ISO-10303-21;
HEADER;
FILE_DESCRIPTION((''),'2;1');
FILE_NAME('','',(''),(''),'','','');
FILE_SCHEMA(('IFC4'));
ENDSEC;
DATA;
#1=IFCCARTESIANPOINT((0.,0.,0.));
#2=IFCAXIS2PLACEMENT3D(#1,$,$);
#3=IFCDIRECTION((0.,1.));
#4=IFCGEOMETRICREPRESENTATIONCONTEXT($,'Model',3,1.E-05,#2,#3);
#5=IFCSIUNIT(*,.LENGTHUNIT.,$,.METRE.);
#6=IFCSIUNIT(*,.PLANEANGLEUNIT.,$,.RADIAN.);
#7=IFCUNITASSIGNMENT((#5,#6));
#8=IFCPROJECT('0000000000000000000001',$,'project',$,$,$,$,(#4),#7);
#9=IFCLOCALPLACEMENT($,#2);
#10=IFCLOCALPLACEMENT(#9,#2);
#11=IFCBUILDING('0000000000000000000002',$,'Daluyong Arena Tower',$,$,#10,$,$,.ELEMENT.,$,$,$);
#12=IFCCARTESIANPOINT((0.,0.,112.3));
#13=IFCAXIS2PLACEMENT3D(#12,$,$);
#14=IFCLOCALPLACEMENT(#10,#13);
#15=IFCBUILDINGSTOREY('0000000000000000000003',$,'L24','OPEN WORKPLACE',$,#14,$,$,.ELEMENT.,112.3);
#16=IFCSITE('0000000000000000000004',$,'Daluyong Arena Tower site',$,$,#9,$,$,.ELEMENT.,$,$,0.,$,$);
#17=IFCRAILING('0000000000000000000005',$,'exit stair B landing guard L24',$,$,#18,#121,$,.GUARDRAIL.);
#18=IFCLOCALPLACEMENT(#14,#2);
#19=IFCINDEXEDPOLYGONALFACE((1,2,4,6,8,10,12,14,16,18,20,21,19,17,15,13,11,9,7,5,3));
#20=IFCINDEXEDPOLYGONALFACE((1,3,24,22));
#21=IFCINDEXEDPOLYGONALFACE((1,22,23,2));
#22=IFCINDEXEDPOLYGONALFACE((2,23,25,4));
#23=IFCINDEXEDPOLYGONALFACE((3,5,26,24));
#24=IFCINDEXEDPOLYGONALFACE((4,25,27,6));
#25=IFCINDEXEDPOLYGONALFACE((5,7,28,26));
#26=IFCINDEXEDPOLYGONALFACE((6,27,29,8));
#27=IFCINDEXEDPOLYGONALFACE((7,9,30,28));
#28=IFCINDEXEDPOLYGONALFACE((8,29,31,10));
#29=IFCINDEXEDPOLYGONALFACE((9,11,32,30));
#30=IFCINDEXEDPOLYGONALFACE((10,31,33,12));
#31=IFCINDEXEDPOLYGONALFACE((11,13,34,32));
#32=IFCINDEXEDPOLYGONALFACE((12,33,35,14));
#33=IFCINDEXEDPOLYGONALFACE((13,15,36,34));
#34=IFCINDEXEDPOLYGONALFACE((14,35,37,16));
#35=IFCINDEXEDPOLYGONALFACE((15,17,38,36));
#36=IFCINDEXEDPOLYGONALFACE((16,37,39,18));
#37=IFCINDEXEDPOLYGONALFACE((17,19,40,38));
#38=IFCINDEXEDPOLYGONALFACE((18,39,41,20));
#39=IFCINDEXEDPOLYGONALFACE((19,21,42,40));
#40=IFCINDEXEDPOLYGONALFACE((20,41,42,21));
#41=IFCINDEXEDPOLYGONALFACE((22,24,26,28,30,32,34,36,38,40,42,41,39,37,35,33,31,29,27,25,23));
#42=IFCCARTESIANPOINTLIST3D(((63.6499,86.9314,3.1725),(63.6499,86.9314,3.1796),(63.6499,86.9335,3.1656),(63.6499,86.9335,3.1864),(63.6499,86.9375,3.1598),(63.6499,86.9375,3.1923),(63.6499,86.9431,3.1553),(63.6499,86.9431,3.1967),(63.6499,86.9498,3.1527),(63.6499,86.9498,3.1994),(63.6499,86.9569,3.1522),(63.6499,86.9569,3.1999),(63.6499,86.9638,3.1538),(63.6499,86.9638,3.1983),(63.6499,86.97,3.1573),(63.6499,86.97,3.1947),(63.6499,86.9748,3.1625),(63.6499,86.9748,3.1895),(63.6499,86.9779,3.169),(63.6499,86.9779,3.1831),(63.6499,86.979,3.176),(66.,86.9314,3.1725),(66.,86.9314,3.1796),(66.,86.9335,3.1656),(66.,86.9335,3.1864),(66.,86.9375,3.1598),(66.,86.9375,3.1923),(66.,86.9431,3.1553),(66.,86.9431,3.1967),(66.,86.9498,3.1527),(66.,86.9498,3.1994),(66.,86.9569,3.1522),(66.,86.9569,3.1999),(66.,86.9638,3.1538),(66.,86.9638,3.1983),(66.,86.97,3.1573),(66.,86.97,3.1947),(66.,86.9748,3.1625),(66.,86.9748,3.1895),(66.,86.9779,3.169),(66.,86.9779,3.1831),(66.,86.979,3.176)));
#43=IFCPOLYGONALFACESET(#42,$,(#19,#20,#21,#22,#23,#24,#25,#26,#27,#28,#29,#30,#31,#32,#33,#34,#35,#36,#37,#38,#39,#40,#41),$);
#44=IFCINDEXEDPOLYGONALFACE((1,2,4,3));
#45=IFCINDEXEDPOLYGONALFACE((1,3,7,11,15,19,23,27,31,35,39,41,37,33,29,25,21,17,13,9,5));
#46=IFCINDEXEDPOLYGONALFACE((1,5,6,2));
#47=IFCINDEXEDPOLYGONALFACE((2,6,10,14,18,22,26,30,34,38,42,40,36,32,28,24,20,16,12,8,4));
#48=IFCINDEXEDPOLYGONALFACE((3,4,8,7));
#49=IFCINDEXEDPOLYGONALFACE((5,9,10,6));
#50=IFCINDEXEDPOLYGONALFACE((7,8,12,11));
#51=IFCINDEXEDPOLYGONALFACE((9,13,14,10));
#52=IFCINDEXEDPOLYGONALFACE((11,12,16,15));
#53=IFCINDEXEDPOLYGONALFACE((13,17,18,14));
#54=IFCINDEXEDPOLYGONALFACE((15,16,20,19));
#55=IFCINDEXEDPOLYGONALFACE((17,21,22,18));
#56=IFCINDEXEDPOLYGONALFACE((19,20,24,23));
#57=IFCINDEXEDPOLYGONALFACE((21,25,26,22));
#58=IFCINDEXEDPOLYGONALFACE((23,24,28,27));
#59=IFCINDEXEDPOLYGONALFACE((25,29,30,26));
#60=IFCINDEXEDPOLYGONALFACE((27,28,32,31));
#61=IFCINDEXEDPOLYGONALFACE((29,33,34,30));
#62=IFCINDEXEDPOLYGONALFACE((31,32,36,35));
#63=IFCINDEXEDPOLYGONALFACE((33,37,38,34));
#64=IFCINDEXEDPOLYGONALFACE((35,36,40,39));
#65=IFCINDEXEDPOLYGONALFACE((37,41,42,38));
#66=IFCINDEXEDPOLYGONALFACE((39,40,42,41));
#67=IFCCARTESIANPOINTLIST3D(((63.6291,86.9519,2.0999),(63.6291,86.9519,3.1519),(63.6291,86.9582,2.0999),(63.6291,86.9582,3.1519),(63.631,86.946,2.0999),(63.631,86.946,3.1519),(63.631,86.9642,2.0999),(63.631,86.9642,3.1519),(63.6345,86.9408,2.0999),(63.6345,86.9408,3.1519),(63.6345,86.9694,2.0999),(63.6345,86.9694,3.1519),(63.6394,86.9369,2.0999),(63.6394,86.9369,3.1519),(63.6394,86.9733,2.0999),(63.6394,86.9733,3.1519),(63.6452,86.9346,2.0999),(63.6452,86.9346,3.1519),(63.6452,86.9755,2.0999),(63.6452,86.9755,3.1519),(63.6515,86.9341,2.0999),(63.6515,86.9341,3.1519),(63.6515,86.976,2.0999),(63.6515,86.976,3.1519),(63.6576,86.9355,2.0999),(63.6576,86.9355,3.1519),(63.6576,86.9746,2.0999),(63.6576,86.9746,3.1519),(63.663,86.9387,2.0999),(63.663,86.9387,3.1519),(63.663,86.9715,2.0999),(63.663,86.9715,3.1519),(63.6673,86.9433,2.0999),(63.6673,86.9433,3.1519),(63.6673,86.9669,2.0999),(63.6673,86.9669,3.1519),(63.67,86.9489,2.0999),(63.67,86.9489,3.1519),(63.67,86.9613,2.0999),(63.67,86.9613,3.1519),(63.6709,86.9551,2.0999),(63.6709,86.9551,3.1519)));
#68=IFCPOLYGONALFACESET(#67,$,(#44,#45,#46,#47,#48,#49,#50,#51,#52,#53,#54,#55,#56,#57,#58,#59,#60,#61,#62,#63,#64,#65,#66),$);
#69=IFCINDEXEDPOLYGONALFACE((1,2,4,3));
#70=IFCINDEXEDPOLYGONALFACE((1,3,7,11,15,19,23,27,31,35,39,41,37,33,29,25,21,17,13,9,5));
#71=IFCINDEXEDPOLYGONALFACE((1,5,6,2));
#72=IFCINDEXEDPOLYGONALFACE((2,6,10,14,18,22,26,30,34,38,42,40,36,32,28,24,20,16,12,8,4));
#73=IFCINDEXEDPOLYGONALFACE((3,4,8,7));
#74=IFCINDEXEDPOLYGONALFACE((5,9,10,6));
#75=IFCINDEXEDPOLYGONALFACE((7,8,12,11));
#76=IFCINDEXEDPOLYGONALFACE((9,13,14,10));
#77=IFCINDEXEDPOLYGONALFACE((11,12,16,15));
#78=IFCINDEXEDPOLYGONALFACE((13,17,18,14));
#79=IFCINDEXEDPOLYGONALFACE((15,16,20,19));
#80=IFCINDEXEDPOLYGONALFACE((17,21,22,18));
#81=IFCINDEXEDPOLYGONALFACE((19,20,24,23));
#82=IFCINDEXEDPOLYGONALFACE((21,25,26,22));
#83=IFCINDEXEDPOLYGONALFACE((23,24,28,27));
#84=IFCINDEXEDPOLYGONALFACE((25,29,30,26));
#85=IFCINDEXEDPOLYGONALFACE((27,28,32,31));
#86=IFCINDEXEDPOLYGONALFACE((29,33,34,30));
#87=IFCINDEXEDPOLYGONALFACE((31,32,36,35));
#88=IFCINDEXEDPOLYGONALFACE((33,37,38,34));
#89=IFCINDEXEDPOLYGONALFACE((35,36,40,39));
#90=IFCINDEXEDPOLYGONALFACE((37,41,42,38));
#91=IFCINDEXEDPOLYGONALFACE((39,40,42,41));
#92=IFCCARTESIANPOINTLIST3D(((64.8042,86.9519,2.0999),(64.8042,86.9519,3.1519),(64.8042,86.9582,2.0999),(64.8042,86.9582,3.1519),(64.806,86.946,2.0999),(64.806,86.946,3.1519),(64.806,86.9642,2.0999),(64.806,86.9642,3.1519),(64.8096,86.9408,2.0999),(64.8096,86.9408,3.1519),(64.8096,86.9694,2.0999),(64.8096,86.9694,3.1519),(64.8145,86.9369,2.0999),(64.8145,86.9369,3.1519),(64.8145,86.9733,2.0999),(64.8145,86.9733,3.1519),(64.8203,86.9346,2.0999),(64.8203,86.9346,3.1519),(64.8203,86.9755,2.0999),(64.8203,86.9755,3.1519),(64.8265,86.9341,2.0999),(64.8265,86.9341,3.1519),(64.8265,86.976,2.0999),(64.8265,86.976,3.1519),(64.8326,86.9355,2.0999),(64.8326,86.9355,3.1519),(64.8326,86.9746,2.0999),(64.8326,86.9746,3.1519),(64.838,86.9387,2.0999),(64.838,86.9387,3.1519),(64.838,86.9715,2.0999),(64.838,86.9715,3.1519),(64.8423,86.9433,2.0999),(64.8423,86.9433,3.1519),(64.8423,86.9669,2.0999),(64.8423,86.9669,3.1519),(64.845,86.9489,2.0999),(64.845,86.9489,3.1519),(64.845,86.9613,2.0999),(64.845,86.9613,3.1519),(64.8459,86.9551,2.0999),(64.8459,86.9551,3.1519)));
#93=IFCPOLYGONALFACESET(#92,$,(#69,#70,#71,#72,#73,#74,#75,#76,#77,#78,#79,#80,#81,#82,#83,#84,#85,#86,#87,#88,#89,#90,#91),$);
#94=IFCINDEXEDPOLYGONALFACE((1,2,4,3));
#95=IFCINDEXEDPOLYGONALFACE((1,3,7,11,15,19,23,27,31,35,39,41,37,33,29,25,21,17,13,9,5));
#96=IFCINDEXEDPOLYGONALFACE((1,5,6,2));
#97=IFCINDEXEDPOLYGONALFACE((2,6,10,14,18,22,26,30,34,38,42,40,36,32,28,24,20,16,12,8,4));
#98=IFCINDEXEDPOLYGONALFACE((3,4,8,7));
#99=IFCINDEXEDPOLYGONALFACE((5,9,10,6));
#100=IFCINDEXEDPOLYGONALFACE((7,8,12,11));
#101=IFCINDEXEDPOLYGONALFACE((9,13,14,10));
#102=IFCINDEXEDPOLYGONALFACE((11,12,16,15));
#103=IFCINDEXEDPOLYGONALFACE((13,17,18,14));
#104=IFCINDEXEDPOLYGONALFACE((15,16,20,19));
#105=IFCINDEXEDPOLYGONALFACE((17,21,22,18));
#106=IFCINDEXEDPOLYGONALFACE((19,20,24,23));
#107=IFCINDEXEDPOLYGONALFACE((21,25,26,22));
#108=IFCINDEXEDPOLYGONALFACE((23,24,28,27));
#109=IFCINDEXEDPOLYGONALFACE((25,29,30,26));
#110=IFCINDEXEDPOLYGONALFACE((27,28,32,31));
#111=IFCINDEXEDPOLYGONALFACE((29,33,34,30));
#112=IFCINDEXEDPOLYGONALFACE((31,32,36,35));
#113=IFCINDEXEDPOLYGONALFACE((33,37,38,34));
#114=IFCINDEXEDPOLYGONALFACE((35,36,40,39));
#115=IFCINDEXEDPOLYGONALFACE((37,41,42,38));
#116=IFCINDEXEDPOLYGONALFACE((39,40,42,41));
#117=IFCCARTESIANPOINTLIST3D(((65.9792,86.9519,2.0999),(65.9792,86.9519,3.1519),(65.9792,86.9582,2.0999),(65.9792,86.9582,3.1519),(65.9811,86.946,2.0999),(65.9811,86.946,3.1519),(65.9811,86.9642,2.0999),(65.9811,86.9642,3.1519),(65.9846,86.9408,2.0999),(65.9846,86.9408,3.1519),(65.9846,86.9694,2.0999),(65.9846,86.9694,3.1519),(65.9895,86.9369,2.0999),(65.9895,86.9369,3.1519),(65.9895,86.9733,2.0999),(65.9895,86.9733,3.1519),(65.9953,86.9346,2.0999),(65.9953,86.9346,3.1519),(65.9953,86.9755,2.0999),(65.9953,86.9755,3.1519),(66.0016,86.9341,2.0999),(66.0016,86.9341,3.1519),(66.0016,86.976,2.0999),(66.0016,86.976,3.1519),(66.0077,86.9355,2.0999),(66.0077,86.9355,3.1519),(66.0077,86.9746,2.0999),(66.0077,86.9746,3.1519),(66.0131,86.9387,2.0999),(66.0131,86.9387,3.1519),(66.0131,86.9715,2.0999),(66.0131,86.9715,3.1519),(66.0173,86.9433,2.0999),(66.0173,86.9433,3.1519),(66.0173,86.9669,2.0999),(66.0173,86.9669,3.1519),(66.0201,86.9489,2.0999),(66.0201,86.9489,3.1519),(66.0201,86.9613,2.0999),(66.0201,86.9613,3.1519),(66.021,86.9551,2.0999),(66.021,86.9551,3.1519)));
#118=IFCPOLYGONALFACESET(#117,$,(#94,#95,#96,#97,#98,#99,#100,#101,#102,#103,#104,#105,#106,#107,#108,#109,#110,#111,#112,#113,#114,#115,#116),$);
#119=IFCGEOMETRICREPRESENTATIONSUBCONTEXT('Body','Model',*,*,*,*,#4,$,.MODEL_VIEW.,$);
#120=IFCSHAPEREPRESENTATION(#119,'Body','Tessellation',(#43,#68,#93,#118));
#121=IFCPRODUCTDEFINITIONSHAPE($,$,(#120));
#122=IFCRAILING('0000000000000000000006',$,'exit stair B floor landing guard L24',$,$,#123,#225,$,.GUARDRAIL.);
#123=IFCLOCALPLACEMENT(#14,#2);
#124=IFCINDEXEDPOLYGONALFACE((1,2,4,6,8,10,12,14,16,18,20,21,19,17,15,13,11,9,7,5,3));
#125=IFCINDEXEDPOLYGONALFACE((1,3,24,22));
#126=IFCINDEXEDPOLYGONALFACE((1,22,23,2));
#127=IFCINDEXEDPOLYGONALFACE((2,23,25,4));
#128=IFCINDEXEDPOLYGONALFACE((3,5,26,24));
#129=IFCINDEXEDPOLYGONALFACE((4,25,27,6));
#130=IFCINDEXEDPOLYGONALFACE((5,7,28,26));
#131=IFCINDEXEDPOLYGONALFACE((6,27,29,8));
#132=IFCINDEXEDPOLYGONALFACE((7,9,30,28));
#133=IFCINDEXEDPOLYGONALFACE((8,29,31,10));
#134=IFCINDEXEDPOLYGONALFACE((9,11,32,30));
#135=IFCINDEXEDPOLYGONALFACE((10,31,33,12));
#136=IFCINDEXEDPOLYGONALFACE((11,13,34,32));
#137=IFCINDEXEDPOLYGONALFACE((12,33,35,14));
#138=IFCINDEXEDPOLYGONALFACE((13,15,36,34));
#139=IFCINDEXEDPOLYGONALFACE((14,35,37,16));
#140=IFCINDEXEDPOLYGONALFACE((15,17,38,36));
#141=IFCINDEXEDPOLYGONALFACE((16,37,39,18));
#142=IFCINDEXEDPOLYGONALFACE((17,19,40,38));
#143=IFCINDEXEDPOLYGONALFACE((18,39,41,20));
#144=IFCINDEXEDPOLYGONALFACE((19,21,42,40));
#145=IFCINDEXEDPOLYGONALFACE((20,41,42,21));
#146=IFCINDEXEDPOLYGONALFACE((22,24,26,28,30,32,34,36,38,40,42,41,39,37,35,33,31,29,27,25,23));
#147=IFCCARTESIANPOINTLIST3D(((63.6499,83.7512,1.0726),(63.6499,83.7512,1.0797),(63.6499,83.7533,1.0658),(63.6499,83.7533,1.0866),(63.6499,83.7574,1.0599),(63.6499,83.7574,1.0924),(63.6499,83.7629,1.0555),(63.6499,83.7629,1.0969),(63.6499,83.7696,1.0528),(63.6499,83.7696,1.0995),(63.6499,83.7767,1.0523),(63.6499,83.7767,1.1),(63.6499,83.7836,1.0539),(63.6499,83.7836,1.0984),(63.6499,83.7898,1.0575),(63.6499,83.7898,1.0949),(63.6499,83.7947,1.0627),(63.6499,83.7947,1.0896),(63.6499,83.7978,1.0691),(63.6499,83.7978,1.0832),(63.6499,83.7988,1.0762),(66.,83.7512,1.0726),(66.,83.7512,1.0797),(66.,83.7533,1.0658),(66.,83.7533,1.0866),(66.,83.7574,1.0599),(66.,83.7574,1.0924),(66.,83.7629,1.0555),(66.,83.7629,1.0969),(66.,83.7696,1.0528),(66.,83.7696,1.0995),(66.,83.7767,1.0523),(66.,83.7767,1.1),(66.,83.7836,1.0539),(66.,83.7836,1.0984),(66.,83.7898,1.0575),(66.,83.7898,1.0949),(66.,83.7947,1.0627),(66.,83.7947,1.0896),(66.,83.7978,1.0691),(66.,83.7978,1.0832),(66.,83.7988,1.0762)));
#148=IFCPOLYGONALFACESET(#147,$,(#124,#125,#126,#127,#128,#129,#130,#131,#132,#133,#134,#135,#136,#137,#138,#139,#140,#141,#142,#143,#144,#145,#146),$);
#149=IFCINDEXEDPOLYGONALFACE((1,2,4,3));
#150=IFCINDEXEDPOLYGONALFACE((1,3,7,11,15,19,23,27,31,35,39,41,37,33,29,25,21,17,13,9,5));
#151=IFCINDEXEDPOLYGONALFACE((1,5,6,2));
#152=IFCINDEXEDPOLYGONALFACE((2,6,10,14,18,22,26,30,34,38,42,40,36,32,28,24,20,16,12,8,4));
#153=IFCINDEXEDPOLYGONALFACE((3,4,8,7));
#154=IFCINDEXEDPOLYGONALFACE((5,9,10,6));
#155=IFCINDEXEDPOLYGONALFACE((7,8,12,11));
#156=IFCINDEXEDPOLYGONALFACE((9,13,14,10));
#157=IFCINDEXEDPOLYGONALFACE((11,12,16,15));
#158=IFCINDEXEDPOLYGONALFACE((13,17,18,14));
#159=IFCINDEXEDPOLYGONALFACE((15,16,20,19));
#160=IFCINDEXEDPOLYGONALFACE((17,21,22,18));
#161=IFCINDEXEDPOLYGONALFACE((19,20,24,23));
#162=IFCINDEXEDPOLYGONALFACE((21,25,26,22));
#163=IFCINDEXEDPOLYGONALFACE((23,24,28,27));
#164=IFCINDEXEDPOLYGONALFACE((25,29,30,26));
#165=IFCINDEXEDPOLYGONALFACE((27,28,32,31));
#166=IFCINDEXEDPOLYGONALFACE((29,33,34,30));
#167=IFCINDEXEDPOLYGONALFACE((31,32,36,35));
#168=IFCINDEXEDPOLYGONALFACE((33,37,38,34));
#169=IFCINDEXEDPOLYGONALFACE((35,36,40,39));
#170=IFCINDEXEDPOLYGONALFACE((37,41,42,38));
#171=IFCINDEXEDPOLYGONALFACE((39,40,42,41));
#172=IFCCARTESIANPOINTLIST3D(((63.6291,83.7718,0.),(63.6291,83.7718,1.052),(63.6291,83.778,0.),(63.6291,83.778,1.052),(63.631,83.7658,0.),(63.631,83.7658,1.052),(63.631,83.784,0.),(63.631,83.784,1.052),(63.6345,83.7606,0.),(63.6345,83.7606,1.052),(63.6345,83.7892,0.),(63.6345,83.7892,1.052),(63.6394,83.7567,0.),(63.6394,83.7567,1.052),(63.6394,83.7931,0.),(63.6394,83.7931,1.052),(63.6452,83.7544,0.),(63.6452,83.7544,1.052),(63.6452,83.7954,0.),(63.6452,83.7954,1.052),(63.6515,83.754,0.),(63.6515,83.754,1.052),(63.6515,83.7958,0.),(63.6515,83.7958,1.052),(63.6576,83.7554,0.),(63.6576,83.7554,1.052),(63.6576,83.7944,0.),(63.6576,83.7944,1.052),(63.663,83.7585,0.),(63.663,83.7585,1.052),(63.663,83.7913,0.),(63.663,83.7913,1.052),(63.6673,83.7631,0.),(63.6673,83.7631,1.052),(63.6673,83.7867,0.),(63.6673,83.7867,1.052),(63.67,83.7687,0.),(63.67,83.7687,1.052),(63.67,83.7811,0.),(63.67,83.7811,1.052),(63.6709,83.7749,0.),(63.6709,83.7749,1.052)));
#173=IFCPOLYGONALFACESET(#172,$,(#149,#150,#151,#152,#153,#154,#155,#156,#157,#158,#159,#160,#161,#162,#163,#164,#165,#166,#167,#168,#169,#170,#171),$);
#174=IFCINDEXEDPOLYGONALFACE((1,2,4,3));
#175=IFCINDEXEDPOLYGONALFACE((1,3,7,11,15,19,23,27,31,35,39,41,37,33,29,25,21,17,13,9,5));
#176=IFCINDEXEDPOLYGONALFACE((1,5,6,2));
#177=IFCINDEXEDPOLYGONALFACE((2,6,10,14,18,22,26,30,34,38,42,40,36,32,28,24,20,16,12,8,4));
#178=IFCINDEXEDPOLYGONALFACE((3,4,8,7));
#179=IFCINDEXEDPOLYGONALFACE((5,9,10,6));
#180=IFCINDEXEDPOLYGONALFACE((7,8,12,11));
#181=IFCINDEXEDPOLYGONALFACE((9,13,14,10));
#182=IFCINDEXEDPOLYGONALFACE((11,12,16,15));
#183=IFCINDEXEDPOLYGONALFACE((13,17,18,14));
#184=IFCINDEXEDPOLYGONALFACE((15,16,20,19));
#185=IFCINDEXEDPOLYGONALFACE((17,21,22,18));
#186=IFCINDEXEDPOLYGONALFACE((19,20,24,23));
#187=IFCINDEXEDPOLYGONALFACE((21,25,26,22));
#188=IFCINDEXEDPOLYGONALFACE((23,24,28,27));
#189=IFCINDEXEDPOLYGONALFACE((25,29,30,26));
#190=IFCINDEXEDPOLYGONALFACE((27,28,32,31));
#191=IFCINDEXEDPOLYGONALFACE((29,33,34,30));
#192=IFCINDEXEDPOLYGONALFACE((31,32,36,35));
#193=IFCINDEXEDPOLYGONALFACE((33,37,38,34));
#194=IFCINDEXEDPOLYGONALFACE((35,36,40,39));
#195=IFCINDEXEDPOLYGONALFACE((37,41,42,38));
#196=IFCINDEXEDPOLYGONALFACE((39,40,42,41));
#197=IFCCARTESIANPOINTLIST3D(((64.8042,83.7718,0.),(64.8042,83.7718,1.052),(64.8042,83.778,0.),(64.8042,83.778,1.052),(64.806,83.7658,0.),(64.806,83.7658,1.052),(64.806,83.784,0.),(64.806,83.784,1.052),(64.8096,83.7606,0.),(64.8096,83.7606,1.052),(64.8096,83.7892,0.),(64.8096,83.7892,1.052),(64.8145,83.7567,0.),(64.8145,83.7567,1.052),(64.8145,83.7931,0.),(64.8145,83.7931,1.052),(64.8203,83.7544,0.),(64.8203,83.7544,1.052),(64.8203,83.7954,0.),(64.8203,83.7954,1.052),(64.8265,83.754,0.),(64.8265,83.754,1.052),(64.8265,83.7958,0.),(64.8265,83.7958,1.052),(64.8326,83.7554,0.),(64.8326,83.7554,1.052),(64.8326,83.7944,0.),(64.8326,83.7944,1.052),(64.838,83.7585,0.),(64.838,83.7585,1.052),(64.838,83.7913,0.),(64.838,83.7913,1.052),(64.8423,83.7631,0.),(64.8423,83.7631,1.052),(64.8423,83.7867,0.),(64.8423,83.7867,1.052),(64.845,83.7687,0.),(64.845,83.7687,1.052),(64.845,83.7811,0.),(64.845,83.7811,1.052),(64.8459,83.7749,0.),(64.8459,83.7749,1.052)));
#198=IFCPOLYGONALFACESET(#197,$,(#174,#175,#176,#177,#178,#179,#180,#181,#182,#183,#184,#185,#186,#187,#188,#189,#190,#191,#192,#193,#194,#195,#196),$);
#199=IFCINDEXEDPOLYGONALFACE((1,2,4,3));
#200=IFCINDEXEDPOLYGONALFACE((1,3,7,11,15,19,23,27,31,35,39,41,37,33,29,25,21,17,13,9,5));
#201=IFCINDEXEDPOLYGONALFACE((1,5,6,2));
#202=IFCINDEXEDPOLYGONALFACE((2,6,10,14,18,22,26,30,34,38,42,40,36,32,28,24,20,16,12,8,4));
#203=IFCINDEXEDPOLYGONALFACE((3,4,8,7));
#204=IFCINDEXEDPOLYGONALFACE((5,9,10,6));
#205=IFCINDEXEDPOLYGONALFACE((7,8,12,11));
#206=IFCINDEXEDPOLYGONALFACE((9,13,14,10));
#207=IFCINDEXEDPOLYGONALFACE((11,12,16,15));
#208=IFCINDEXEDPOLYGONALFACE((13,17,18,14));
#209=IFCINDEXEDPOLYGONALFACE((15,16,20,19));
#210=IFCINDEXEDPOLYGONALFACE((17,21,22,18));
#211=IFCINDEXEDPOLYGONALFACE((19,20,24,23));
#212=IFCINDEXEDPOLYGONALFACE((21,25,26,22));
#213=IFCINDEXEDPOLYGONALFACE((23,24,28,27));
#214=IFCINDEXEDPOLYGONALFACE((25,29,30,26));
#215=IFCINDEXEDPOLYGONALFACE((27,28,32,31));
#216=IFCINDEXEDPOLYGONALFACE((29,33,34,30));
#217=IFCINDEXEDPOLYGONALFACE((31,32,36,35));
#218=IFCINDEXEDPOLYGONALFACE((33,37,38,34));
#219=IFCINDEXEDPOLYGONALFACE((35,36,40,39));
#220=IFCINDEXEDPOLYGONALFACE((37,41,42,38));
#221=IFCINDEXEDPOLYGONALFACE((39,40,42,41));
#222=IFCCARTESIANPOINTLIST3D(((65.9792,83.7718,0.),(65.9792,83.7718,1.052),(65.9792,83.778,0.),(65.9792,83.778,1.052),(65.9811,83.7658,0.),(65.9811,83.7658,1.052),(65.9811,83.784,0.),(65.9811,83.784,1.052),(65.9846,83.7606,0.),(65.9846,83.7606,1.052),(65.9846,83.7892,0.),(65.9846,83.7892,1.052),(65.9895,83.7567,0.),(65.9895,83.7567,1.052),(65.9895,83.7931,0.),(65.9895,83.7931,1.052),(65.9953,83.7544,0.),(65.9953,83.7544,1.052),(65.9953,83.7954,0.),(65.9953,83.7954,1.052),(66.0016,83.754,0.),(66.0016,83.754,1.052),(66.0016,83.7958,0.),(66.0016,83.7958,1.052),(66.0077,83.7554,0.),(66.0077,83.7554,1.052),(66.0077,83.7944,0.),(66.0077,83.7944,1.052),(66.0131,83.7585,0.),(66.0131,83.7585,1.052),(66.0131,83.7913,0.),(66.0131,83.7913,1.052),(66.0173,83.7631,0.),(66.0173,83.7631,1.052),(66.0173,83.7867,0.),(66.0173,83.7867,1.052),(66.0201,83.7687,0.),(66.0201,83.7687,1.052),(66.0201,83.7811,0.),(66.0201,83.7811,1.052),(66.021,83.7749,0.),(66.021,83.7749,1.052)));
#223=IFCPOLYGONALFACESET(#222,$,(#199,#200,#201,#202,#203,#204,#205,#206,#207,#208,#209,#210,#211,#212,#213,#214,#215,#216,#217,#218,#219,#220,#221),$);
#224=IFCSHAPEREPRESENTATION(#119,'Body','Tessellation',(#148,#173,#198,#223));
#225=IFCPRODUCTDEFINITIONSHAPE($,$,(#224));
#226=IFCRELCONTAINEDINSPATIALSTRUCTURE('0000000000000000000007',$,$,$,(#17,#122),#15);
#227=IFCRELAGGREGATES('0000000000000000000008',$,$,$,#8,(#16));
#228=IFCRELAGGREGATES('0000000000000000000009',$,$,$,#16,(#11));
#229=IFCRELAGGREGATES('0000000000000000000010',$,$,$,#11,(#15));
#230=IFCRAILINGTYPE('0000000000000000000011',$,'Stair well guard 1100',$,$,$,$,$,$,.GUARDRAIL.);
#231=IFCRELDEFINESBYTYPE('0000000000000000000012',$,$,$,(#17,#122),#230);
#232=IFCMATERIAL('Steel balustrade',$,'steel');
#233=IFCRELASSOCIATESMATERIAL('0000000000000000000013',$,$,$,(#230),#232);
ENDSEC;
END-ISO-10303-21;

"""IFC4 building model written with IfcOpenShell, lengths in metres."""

from ifc_helpers import new_model, si_unit, direction, frame, origin, origin_2d, place, context, subcontext, project, spatial, circle, extrude, material, type_object, element, save


model = new_model("IFC4")

# Units and contexts
model_context = context("Model", 3, precision=1e-05, world=origin(), true_north=direction((0.0, 1.0)))
body_context = subcontext(model_context, "Body", "Model", "MODEL_VIEW")
ifc_project = project(units=[si_unit("LENGTHUNIT", "METRE"), si_unit("PLANEANGLEUNIT", "RADIAN")], contexts=[model_context])

# Site, building, storey
site_placement = place(None, origin())
site = spatial("IfcSite", under=ifc_project, at=site_placement, Name="Daluyong Arena Tower site", CompositionType="ELEMENT", RefElevation=0.0)
building_placement = place(site_placement, origin())
building = spatial("IfcBuilding", under=site, at=building_placement, Name="Daluyong Arena Tower", CompositionType="ELEMENT")
storey_placement = place(building_placement, frame((0.0, 0.0, 112.3)))
storey = spatial("IfcBuildingStorey", under=building, at=storey_placement, Name="L24", Description="OPEN WORKPLACE", CompositionType="ELEMENT", Elevation=112.3)

# Railings
ifc_material_1 = material(Name="Steel balustrade", Category="steel")
railing_type_1 = type_object("IfcRailingType", Name="Stair well guard 1100", PredefinedType="GUARDRAIL", material=ifc_material_1)
for number, where, name in (
    (1, (63.6499, 86.9551, 2.0999), "exit stair B landing guard L24"),
    (2, (63.6499, 83.7749, 0.0), "exit stair B floor landing guard L24"),
):
    element("IfcRailing", number, at=place(storey_placement, frame(where)), inside=storey, type_object=railing_type_1, Name=name, PredefinedType="GUARDRAIL", context=body_context, shape_type="SweptSolid", body=[
        extrude(circle(Radius=0.0239, at=origin_2d()), frame((0.0, 0.0, 1.0762), z_axis=(1.0, 0.0, 0.0), x_axis=(0.0, 1.0, 0.0)), (0.0, 0.0, 1.0), 2.3501),
        extrude(circle(Radius=0.021, at=origin_2d()), origin(), (0.0, 0.0, 1.0), 1.052),
        extrude(circle(Radius=0.021, at=origin_2d()), frame((1.175, 0.0, 0.0)), (0.0, 0.0, 1.0), 1.052),
        extrude(circle(Radius=0.021, at=origin_2d()), frame((2.3501, 0.0, 0.0)), (0.0, 0.0, 1.0), 1.052),
    ])

save(model, "model.ifc")
